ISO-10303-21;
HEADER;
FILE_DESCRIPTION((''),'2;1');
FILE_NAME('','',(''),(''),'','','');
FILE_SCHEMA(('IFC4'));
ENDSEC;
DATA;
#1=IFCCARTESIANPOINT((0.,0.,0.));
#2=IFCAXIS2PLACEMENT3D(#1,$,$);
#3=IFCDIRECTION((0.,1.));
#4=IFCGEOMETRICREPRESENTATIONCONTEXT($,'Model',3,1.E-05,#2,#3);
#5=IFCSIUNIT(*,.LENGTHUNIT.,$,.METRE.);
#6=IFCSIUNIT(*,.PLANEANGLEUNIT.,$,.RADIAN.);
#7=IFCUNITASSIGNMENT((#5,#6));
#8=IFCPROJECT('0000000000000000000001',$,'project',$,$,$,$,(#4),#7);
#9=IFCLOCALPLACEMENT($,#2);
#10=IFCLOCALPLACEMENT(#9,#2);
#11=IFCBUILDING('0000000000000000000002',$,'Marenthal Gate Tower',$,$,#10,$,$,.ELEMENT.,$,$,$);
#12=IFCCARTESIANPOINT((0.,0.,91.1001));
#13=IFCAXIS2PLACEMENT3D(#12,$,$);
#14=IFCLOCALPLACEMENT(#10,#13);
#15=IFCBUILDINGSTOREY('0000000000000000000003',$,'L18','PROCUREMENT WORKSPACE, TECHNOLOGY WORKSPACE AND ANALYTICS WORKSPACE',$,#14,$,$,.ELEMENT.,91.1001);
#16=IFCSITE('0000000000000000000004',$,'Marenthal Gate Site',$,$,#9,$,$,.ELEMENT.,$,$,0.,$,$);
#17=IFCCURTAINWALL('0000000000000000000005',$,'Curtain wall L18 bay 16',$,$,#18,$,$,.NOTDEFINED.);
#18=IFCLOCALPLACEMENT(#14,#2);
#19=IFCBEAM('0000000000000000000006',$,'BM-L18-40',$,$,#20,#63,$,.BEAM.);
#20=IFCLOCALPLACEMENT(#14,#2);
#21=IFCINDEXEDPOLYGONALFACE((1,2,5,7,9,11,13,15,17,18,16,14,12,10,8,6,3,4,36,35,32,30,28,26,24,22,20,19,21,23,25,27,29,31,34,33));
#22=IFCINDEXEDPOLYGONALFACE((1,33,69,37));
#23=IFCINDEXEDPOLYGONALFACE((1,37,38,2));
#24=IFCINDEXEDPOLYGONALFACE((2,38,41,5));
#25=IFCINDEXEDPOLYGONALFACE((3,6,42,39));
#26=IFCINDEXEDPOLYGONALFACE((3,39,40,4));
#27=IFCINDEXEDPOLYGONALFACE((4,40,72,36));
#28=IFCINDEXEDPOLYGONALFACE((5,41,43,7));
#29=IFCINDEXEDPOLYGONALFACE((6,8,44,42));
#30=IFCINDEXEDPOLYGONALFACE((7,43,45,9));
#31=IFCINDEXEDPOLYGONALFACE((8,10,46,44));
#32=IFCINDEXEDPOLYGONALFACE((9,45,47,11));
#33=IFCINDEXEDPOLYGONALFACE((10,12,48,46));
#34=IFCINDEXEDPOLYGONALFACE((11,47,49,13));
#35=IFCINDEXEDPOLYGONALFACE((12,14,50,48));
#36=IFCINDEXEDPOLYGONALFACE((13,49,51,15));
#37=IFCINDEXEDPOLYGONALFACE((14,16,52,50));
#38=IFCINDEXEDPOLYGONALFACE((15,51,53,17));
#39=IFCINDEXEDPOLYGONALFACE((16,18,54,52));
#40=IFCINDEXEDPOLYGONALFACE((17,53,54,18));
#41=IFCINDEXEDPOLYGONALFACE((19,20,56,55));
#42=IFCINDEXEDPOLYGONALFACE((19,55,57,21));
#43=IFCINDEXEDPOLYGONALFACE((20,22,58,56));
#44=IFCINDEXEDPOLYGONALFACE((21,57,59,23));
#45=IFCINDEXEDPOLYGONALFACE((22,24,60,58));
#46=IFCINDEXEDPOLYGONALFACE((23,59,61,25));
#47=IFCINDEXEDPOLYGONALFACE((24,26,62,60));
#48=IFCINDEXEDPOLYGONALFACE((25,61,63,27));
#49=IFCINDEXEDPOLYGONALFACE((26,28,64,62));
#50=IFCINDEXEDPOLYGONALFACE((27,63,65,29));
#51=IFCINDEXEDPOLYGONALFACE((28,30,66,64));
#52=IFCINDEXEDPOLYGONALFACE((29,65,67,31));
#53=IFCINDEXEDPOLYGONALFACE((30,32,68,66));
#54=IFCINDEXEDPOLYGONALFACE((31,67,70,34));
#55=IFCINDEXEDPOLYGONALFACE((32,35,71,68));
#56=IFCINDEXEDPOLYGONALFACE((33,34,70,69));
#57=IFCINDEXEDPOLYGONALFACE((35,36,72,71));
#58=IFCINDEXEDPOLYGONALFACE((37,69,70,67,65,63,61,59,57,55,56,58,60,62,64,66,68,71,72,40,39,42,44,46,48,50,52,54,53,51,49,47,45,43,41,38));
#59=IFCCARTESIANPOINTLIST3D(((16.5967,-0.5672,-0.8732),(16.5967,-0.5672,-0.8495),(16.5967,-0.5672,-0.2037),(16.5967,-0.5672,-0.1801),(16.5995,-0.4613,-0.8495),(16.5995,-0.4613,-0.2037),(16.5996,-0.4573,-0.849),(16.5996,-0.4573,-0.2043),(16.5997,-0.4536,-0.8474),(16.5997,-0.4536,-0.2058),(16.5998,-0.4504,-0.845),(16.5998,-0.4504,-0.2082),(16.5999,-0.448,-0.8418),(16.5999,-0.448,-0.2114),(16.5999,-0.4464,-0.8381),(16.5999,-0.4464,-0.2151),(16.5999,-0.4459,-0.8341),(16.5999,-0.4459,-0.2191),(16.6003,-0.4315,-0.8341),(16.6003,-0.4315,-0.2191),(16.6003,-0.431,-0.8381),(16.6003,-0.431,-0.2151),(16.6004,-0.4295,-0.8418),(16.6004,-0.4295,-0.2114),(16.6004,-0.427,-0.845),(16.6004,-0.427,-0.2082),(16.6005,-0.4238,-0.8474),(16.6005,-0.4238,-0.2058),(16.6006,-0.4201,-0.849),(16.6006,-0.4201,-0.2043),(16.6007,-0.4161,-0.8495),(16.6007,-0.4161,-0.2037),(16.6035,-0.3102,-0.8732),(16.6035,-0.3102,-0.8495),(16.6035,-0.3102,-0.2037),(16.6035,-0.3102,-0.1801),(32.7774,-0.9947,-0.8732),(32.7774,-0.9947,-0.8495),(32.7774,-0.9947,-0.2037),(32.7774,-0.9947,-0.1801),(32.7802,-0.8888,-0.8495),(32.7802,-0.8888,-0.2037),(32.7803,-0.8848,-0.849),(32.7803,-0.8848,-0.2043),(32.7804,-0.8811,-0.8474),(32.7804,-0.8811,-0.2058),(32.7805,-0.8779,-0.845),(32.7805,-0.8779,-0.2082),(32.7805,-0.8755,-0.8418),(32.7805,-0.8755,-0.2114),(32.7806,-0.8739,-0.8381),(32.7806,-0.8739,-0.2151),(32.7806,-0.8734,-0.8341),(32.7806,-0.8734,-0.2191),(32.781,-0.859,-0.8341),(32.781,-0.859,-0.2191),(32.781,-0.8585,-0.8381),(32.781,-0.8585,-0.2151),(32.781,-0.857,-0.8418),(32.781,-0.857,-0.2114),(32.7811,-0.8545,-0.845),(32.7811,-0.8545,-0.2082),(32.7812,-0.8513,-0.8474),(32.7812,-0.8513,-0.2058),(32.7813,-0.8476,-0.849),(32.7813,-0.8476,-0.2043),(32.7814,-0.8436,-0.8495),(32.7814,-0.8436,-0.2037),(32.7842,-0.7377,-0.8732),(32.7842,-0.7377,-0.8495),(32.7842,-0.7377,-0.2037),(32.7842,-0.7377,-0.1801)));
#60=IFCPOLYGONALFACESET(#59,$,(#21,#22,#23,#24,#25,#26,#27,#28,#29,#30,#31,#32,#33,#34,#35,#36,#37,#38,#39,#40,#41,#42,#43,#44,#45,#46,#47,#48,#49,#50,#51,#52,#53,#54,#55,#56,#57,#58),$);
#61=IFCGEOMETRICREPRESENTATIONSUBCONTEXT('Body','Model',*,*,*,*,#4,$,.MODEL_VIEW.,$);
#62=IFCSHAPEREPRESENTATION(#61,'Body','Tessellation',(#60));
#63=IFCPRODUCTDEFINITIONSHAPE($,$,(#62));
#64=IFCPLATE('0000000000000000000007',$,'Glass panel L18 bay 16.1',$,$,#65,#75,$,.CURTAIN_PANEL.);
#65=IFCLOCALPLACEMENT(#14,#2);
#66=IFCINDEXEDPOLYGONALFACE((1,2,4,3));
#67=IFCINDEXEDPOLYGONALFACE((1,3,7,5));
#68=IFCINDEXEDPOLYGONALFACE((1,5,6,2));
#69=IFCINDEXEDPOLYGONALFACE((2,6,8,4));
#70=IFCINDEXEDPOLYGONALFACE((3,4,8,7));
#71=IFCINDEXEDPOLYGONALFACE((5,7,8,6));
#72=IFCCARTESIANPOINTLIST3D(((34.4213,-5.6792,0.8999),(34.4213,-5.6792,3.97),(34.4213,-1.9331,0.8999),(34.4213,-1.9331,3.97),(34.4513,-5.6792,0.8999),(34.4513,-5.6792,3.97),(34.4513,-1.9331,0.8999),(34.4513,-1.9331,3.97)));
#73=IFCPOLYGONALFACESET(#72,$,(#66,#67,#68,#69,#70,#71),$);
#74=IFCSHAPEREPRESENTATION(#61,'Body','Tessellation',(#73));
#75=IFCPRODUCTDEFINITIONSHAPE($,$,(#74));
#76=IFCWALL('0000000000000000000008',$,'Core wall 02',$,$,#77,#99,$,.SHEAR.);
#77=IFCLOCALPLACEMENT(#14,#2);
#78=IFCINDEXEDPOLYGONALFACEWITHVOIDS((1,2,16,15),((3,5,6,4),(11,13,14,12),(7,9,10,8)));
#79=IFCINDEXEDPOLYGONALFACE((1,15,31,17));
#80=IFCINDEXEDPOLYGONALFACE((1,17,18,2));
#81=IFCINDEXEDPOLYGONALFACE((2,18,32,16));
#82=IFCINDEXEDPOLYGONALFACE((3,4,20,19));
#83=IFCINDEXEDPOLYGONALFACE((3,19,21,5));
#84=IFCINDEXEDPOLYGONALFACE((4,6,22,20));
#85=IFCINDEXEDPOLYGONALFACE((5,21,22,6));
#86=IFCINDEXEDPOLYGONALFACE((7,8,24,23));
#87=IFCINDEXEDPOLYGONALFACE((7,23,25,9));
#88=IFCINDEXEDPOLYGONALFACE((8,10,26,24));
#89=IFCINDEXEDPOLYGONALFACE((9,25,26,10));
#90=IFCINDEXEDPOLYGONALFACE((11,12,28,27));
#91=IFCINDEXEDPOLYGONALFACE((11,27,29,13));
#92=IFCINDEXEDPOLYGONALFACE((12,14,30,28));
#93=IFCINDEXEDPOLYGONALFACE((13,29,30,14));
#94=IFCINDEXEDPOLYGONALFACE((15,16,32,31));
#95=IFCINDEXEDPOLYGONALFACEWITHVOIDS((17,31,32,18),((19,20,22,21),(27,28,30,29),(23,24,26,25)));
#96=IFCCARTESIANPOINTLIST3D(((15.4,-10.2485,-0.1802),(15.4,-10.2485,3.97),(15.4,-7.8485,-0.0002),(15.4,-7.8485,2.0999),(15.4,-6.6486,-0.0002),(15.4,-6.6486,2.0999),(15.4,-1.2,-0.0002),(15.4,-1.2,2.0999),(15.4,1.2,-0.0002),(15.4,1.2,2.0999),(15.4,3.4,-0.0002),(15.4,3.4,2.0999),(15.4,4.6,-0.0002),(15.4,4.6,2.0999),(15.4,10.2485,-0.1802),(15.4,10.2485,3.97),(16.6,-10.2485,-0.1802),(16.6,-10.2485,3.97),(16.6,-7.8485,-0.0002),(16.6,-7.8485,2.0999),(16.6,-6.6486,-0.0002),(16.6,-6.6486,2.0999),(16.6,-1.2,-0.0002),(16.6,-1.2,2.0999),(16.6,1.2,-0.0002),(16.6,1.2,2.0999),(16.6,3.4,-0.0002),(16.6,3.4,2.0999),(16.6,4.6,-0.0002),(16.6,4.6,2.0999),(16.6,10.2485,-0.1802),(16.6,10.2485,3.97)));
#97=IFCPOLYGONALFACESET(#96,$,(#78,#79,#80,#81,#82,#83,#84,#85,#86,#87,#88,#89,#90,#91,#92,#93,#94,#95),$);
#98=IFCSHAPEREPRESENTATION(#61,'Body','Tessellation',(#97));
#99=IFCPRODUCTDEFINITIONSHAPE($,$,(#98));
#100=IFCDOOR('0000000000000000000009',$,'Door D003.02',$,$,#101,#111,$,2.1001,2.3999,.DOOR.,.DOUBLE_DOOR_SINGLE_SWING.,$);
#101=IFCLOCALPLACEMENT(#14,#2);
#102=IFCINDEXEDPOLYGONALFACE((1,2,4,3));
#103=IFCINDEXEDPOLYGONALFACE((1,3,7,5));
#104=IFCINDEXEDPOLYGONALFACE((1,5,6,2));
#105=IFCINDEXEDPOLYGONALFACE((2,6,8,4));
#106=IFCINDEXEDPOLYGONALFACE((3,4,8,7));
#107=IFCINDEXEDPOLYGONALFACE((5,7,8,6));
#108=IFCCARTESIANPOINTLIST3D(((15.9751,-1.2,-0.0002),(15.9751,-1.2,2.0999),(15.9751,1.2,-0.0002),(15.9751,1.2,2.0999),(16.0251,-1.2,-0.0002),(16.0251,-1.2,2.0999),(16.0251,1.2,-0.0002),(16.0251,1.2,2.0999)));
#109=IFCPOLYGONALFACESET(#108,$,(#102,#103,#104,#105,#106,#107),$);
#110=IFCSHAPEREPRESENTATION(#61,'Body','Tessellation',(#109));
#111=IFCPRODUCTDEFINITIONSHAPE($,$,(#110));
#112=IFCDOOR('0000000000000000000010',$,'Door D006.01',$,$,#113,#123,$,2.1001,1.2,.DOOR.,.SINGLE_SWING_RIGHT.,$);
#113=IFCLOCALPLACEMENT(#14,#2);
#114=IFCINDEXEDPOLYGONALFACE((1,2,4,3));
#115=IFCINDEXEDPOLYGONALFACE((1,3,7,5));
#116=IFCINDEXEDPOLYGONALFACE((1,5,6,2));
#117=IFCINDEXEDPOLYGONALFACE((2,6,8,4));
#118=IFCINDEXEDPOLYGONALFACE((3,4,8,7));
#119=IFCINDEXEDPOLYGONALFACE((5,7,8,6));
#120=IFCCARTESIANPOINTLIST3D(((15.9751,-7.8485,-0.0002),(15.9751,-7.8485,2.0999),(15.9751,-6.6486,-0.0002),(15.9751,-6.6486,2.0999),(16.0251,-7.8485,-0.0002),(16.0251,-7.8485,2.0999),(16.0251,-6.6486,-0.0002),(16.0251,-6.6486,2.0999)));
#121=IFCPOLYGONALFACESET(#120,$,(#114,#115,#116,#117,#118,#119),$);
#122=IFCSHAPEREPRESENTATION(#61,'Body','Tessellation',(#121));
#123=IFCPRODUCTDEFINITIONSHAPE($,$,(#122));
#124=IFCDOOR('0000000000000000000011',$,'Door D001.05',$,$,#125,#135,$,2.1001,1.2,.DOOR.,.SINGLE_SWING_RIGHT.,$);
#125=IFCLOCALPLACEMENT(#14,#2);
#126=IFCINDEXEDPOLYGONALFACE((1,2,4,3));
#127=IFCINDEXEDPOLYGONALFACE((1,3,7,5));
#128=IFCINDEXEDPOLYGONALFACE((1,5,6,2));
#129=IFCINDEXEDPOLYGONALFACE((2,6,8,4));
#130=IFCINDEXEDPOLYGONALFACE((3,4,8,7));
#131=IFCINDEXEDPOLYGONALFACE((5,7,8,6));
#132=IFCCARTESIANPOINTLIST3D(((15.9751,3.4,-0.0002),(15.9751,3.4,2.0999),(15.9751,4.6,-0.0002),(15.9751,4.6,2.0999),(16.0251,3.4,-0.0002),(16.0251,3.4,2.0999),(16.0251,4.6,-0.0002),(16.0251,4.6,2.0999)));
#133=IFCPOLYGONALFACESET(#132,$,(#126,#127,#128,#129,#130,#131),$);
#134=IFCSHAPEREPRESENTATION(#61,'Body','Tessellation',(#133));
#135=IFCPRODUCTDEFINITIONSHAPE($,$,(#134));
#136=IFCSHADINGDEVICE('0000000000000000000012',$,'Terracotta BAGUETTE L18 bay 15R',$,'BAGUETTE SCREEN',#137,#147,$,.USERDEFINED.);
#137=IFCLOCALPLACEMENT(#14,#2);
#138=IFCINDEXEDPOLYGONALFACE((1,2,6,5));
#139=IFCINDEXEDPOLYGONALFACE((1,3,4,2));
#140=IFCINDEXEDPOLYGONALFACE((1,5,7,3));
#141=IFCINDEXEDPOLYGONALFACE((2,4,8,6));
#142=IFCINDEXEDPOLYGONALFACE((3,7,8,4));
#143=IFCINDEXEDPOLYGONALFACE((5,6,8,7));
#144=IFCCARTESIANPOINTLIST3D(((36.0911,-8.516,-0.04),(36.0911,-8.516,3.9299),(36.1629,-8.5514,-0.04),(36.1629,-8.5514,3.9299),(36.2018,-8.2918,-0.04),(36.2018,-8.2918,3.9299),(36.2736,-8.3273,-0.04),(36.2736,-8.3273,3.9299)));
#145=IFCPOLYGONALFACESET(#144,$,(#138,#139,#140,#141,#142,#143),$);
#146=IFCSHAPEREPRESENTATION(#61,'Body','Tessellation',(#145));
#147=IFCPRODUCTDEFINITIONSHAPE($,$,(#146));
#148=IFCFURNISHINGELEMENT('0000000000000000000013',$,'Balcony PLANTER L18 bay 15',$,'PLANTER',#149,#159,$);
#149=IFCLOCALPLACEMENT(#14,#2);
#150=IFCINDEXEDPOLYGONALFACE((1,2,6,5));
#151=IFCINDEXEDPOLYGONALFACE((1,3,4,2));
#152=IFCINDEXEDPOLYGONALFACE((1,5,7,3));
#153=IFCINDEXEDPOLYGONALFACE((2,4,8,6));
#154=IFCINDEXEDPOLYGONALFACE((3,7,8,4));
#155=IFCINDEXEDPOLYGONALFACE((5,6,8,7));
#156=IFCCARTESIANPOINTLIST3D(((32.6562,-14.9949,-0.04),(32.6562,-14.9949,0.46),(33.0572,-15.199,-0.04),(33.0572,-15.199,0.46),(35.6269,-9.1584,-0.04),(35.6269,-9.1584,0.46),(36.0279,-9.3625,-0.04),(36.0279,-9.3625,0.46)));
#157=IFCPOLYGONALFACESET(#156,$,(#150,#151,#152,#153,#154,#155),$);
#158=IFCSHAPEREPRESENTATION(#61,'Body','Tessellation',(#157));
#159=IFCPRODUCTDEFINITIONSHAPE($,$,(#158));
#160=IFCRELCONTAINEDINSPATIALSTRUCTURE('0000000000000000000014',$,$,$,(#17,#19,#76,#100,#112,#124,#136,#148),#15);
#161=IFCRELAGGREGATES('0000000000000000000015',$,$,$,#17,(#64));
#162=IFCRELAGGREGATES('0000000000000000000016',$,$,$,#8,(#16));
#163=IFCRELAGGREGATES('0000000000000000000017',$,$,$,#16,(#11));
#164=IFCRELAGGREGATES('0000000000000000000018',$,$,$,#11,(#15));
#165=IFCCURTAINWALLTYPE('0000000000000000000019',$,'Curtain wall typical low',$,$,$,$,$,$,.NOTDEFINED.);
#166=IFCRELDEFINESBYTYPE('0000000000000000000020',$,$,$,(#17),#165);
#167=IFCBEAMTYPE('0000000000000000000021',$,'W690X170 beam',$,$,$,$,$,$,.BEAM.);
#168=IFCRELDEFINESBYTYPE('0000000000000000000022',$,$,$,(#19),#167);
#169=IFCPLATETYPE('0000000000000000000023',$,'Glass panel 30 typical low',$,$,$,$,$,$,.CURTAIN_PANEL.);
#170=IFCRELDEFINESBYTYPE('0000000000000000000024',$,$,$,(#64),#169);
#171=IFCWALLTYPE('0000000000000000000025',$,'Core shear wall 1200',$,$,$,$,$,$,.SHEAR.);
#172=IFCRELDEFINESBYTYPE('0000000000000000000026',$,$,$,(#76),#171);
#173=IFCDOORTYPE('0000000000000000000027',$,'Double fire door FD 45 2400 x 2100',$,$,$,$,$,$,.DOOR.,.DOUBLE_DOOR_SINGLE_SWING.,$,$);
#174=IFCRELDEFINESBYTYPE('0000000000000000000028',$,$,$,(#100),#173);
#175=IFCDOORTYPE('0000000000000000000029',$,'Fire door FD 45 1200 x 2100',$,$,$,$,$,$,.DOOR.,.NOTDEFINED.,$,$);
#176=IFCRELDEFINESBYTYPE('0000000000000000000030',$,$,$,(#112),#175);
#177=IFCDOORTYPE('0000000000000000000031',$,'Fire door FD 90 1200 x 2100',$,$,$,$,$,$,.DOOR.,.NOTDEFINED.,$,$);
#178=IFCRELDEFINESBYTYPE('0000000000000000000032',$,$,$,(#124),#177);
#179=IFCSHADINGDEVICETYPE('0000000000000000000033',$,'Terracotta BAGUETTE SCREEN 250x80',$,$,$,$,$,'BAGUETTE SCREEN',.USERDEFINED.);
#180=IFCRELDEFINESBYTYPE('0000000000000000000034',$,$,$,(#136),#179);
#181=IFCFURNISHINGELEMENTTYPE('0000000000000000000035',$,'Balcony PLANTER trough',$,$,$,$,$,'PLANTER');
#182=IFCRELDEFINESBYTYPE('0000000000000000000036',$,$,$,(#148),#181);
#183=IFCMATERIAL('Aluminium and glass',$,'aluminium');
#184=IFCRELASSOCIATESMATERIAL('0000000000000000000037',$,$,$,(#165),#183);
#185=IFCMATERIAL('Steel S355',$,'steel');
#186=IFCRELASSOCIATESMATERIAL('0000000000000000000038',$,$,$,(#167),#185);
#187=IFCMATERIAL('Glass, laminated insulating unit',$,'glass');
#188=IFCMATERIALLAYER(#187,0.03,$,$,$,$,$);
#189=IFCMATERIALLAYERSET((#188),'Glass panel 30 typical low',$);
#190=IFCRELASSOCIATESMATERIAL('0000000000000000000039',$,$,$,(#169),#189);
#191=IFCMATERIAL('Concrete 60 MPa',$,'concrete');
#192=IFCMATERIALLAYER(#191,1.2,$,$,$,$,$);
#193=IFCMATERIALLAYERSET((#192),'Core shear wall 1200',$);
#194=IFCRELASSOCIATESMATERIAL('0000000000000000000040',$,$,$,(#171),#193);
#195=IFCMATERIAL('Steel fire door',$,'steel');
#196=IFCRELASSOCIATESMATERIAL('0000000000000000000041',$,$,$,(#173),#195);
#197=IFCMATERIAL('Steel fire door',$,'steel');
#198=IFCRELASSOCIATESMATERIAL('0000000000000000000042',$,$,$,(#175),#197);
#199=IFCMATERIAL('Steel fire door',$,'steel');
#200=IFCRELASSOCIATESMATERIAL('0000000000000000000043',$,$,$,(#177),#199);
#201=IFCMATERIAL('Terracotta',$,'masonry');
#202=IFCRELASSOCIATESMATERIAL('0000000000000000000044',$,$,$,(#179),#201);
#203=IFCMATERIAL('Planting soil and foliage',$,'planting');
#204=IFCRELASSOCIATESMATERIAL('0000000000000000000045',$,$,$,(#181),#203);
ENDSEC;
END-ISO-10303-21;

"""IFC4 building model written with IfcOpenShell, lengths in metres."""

from ifc_helpers import new_model, si_unit, direction, frame, frame_2d, origin, origin_2d, place, context, subcontext, project, spatial, rectangle, i_section, extrude, material, layer, layer_set, material_profile, profile_set, type_object, element, fill, aggregate, save


model = new_model("IFC4")

# Units and contexts
model_context = context("Model", 3, precision=1e-05, world=origin(), true_north=direction((0.0, 1.0)))
body_context = subcontext(model_context, "Body", "Model", "MODEL_VIEW")
ifc_project = project(units=[si_unit("LENGTHUNIT", "METRE"), si_unit("PLANEANGLEUNIT", "RADIAN")], contexts=[model_context])

# Site, building, storey
site_placement = place(None, origin())
site = spatial("IfcSite", under=ifc_project, at=site_placement, Name="Marenthal Gate Site", CompositionType="ELEMENT", RefElevation=0.0)
building_placement = place(site_placement, origin())
building = spatial("IfcBuilding", under=site, at=building_placement, Name="Marenthal Gate Tower", CompositionType="ELEMENT")
storey_placement = place(building_placement, frame((0.0, 0.0, 91.1001)))
storey = spatial("IfcBuildingStorey", under=building, at=storey_placement, Name="L18", Description="PROCUREMENT WORKSPACE, TECHNOLOGY WORKSPACE AND ANALYTICS WORKSPACE", CompositionType="ELEMENT", Elevation=91.1001)

# Curtain wall
ifc_material_1 = material(Name="Aluminium and glass", Category="aluminium")
curtain_wall_type = type_object("IfcCurtainWallType", Name="Curtain wall typical low", PredefinedType="NOTDEFINED", material=ifc_material_1)
curtain_wall_placement = place(storey_placement, origin())
curtain_wall = element("IfcCurtainWall", 1, at=curtain_wall_placement, inside=storey, type_object=curtain_wall_type, Name="Curtain wall L18 bay 16", PredefinedType="NOTDEFINED")

# Beam
ifc_material_2 = material(Name="Steel S355", Category="steel")
ifc_material_profile_1 = material_profile(ifc_material_2, i_section(OverallWidth=0.2571, OverallDepth=0.6931, WebThickness=0.0144, FlangeThickness=0.0237, FilletRadius=0.0154, at=origin_2d()), Name="W690X170")
ifc_profile_set_1 = profile_set([ifc_material_profile_1], Name="Steel S355")
beam_type_1 = type_object("IfcBeamType", Name="W690X170 beam", PredefinedType="BEAM", material=ifc_profile_set_1)
beam_1_placement = place(storey_placement, frame((32.7808, -0.8662, -0.5266), z_axis=(-0.999651, 0.026411, 0.0), x_axis=(-0.026411, -0.999651, 0.0)))
element("IfcBeam", 2, at=beam_1_placement, inside=storey, type_object=beam_type_1, Name="BM-L18-40", PredefinedType="BEAM", context=body_context, shape_type="SweptSolid", body=[
    extrude(i_section(OverallWidth=0.2571, OverallDepth=0.6931, WebThickness=0.0144, FlangeThickness=0.0237, FilletRadius=0.0154, at=origin_2d()), origin(), (0.0, 0.0, 1.0), 16.1863),
])

# Plate
ifc_material_3 = material(Name="Glass, laminated insulating unit", Category="glass")
ifc_layer_1 = layer(ifc_material_3, 0.03)
ifc_layer_set_1 = layer_set([ifc_layer_1], Name="Glass panel 30 typical low")
plate_type = type_object("IfcPlateType", Name="Glass panel 30 typical low", PredefinedType="CURTAIN_PANEL", material=ifc_layer_set_1)
plate_placement = place(storey_placement, frame((34.4363, -3.8062, 0.8999), z_axis=(0.0, 0.0, 1.0), x_axis=(0.0, 1.0, 0.0)))
plate = element("IfcPlate", 3, at=plate_placement, type_object=plate_type, Name="Glass panel L18 bay 16.1", PredefinedType="CURTAIN_PANEL", context=body_context, shape_type="SweptSolid", body=[
    extrude(rectangle(XDim=3.7461, YDim=0.03, at=origin_2d()), origin(), (0.0, 0.0, 1.0), 3.0701),
])
aggregate(curtain_wall, [plate])

# Wall, openings, doors
ifc_material_4 = material(Name="Concrete 60 MPa", Category="concrete")
ifc_layer_2 = layer(ifc_material_4, 1.2)
ifc_layer_set_2 = layer_set([ifc_layer_2], Name="Core shear wall 1200")
wall_type = type_object("IfcWallType", Name="Core shear wall 1200", PredefinedType="SHEAR", material=ifc_layer_set_2)
wall_placement = place(storey_placement, frame((16.0, -10.2485, -0.1802), z_axis=(0.0, 0.0, 1.0), x_axis=(0.0, 1.0, 0.0)))
wall = element("IfcWall", 4, at=wall_placement, inside=storey, type_object=wall_type, Name="Core wall 02", PredefinedType="SHEAR", context=body_context, shape_type="SweptSolid", body=[
    extrude(rectangle(XDim=20.4971, YDim=1.2, at=frame_2d((10.2485, 0.0))), origin(), (0.0, 0.0, 1.0), 4.1501),
])
opening_1_placement = place(wall_placement, frame((9.0486, 0.0, 0.1799)))
opening_1 = element("IfcOpeningElement", 5, at=opening_1_placement, cuts=wall, PredefinedType="OPENING", context=body_context, shape_type="SweptSolid", body=[
    extrude(rectangle(XDim=2.3999, YDim=2.1001, at=frame_2d((1.2, 1.05))), frame((0.0, 0.6099, 0.0), z_axis=(0.0, -1.0, 0.0), x_axis=(1.0, 0.0, 0.0)), (0.0, 0.0, 1.0), 1.22),
])
opening_2_placement = place(wall_placement, frame((13.6484, 0.0, 0.1799)))
opening_2 = element("IfcOpeningElement", 6, at=opening_2_placement, cuts=wall, PredefinedType="OPENING", context=body_context, shape_type="SweptSolid", body=[
    extrude(rectangle(XDim=1.2, YDim=2.1001, at=frame_2d((0.6001, 1.05))), frame((0.0, 0.6099, 0.0), z_axis=(0.0, -1.0, 0.0), x_axis=(1.0, 0.0, 0.0)), (0.0, 0.0, 1.0), 1.22),
])
opening_3_placement = place(wall_placement, frame((2.3999, 0.0, 0.1799)))
opening_3 = element("IfcOpeningElement", 7, at=opening_3_placement, cuts=wall, PredefinedType="OPENING", context=body_context, shape_type="SweptSolid", body=[
    extrude(rectangle(XDim=1.2, YDim=2.1001, at=frame_2d((0.6001, 1.05))), frame((0.0, 0.6099, 0.0), z_axis=(0.0, -1.0, 0.0), x_axis=(1.0, 0.0, 0.0)), (0.0, 0.0, 1.0), 1.22),
])
ifc_material_5 = material(Name="Steel fire door", Category="steel")
door_type_1 = type_object("IfcDoorType", Name="Double fire door FD 45 2400 x 2100", OperationType="DOUBLE_DOOR_SINGLE_SWING", PredefinedType="DOOR", material=ifc_material_5)
door_1_placement = place(opening_1_placement, origin())
door_1 = element("IfcDoor", 8, at=door_1_placement, inside=storey, type_object=door_type_1, Name="Door D003.02", OperationType="DOUBLE_DOOR_SINGLE_SWING", OverallHeight=2.1001, OverallWidth=2.3999, PredefinedType="DOOR", context=body_context, shape_type="SweptSolid", body=[
    extrude(rectangle(XDim=2.3999, YDim=2.1001, at=frame_2d((1.2, 1.05))), frame((0.0, 0.0249, 0.0), z_axis=(0.0, -1.0, 0.0), x_axis=(1.0, 0.0, 0.0)), (0.0, 0.0, 1.0), 0.05),
])
fill(opening_1, door_1)
ifc_material_6 = material(Name="Steel fire door", Category="steel")
door_type_2 = type_object("IfcDoorType", Name="Fire door FD 45 1200 x 2100", OperationType="NOTDEFINED", PredefinedType="DOOR", material=ifc_material_6)
door_2_placement = place(opening_3_placement, origin())
door_2 = element("IfcDoor", 9, at=door_2_placement, inside=storey, type_object=door_type_2, Name="Door D006.01", OperationType="SINGLE_SWING_RIGHT", OverallHeight=2.1001, OverallWidth=1.2, PredefinedType="DOOR", context=body_context, shape_type="SweptSolid", body=[
    extrude(rectangle(XDim=1.2, YDim=2.1001, at=frame_2d((0.6001, 1.05))), frame((0.0, 0.0249, 0.0), z_axis=(0.0, -1.0, 0.0), x_axis=(1.0, 0.0, 0.0)), (0.0, 0.0, 1.0), 0.05),
])
fill(opening_3, door_2)
ifc_material_7 = material(Name="Steel fire door", Category="steel")
door_type_3 = type_object("IfcDoorType", Name="Fire door FD 90 1200 x 2100", OperationType="NOTDEFINED", PredefinedType="DOOR", material=ifc_material_7)
door_3_placement = place(opening_2_placement, origin())
door_3 = element("IfcDoor", 10, at=door_3_placement, inside=storey, type_object=door_type_3, Name="Door D001.05", OperationType="SINGLE_SWING_RIGHT", OverallHeight=2.1001, OverallWidth=1.2, PredefinedType="DOOR", context=body_context, shape_type="SweptSolid", body=[
    extrude(rectangle(XDim=1.2, YDim=2.1001, at=frame_2d((0.6001, 1.05))), frame((0.0, 0.0249, 0.0), z_axis=(0.0, -1.0, 0.0), x_axis=(1.0, 0.0, 0.0)), (0.0, 0.0, 1.0), 0.05),
])
fill(opening_2, door_3)

# Shading device
ifc_material_8 = material(Name="Terracotta", Category="masonry")
ifc_material_profile_2 = material_profile(ifc_material_8, rectangle(XDim=0.25, YDim=0.0801, at=origin_2d()), Name="Terracotta baguette 250x80")
ifc_profile_set_2 = profile_set([ifc_material_profile_2], Name="Terracotta")
shading_device_type = type_object("IfcShadingDeviceType", Name="Terracotta BAGUETTE SCREEN 250x80", ElementType="BAGUETTE SCREEN", PredefinedType="USERDEFINED", material=ifc_profile_set_2)
shading_device_placement = place(storey_placement, frame((36.1824, -8.4216, -0.04), z_axis=(0.0, 0.0, 1.0), x_axis=(0.44286, 0.896591, 0.0)))
element("IfcShadingDevice", 11, at=shading_device_placement, inside=storey, type_object=shading_device_type, Name="Terracotta BAGUETTE L18 bay 15R", ObjectType="BAGUETTE SCREEN", PredefinedType="USERDEFINED", context=body_context, shape_type="SweptSolid", body=[
    extrude(rectangle(XDim=0.25, YDim=0.0801, at=origin_2d()), origin(), (0.0, 0.0, 1.0), 3.97),
])

# Furnishing element
ifc_material_9 = material(Name="Planting soil and foliage", Category="planting")
furnishing_element_type = type_object("IfcFurnishingElementType", Name="Balcony PLANTER trough", ElementType="PLANTER", material=ifc_material_9)
furnishing_placement = place(storey_placement, frame((34.342, -12.1787, -0.04), z_axis=(0.0, 0.0, 1.0), x_axis=(0.453616, 0.891197, 0.0)))
element("IfcFurnishingElement", 12, at=furnishing_placement, inside=storey, type_object=furnishing_element_type, Name="Balcony PLANTER L18 bay 15", ObjectType="PLANTER", context=body_context, shape_type="SweptSolid", body=[
    extrude(rectangle(XDim=6.5491, YDim=0.45, at=origin_2d()), origin(), (0.0, 0.0, 1.0), 0.5),
])

save(model, "model.ifc")
